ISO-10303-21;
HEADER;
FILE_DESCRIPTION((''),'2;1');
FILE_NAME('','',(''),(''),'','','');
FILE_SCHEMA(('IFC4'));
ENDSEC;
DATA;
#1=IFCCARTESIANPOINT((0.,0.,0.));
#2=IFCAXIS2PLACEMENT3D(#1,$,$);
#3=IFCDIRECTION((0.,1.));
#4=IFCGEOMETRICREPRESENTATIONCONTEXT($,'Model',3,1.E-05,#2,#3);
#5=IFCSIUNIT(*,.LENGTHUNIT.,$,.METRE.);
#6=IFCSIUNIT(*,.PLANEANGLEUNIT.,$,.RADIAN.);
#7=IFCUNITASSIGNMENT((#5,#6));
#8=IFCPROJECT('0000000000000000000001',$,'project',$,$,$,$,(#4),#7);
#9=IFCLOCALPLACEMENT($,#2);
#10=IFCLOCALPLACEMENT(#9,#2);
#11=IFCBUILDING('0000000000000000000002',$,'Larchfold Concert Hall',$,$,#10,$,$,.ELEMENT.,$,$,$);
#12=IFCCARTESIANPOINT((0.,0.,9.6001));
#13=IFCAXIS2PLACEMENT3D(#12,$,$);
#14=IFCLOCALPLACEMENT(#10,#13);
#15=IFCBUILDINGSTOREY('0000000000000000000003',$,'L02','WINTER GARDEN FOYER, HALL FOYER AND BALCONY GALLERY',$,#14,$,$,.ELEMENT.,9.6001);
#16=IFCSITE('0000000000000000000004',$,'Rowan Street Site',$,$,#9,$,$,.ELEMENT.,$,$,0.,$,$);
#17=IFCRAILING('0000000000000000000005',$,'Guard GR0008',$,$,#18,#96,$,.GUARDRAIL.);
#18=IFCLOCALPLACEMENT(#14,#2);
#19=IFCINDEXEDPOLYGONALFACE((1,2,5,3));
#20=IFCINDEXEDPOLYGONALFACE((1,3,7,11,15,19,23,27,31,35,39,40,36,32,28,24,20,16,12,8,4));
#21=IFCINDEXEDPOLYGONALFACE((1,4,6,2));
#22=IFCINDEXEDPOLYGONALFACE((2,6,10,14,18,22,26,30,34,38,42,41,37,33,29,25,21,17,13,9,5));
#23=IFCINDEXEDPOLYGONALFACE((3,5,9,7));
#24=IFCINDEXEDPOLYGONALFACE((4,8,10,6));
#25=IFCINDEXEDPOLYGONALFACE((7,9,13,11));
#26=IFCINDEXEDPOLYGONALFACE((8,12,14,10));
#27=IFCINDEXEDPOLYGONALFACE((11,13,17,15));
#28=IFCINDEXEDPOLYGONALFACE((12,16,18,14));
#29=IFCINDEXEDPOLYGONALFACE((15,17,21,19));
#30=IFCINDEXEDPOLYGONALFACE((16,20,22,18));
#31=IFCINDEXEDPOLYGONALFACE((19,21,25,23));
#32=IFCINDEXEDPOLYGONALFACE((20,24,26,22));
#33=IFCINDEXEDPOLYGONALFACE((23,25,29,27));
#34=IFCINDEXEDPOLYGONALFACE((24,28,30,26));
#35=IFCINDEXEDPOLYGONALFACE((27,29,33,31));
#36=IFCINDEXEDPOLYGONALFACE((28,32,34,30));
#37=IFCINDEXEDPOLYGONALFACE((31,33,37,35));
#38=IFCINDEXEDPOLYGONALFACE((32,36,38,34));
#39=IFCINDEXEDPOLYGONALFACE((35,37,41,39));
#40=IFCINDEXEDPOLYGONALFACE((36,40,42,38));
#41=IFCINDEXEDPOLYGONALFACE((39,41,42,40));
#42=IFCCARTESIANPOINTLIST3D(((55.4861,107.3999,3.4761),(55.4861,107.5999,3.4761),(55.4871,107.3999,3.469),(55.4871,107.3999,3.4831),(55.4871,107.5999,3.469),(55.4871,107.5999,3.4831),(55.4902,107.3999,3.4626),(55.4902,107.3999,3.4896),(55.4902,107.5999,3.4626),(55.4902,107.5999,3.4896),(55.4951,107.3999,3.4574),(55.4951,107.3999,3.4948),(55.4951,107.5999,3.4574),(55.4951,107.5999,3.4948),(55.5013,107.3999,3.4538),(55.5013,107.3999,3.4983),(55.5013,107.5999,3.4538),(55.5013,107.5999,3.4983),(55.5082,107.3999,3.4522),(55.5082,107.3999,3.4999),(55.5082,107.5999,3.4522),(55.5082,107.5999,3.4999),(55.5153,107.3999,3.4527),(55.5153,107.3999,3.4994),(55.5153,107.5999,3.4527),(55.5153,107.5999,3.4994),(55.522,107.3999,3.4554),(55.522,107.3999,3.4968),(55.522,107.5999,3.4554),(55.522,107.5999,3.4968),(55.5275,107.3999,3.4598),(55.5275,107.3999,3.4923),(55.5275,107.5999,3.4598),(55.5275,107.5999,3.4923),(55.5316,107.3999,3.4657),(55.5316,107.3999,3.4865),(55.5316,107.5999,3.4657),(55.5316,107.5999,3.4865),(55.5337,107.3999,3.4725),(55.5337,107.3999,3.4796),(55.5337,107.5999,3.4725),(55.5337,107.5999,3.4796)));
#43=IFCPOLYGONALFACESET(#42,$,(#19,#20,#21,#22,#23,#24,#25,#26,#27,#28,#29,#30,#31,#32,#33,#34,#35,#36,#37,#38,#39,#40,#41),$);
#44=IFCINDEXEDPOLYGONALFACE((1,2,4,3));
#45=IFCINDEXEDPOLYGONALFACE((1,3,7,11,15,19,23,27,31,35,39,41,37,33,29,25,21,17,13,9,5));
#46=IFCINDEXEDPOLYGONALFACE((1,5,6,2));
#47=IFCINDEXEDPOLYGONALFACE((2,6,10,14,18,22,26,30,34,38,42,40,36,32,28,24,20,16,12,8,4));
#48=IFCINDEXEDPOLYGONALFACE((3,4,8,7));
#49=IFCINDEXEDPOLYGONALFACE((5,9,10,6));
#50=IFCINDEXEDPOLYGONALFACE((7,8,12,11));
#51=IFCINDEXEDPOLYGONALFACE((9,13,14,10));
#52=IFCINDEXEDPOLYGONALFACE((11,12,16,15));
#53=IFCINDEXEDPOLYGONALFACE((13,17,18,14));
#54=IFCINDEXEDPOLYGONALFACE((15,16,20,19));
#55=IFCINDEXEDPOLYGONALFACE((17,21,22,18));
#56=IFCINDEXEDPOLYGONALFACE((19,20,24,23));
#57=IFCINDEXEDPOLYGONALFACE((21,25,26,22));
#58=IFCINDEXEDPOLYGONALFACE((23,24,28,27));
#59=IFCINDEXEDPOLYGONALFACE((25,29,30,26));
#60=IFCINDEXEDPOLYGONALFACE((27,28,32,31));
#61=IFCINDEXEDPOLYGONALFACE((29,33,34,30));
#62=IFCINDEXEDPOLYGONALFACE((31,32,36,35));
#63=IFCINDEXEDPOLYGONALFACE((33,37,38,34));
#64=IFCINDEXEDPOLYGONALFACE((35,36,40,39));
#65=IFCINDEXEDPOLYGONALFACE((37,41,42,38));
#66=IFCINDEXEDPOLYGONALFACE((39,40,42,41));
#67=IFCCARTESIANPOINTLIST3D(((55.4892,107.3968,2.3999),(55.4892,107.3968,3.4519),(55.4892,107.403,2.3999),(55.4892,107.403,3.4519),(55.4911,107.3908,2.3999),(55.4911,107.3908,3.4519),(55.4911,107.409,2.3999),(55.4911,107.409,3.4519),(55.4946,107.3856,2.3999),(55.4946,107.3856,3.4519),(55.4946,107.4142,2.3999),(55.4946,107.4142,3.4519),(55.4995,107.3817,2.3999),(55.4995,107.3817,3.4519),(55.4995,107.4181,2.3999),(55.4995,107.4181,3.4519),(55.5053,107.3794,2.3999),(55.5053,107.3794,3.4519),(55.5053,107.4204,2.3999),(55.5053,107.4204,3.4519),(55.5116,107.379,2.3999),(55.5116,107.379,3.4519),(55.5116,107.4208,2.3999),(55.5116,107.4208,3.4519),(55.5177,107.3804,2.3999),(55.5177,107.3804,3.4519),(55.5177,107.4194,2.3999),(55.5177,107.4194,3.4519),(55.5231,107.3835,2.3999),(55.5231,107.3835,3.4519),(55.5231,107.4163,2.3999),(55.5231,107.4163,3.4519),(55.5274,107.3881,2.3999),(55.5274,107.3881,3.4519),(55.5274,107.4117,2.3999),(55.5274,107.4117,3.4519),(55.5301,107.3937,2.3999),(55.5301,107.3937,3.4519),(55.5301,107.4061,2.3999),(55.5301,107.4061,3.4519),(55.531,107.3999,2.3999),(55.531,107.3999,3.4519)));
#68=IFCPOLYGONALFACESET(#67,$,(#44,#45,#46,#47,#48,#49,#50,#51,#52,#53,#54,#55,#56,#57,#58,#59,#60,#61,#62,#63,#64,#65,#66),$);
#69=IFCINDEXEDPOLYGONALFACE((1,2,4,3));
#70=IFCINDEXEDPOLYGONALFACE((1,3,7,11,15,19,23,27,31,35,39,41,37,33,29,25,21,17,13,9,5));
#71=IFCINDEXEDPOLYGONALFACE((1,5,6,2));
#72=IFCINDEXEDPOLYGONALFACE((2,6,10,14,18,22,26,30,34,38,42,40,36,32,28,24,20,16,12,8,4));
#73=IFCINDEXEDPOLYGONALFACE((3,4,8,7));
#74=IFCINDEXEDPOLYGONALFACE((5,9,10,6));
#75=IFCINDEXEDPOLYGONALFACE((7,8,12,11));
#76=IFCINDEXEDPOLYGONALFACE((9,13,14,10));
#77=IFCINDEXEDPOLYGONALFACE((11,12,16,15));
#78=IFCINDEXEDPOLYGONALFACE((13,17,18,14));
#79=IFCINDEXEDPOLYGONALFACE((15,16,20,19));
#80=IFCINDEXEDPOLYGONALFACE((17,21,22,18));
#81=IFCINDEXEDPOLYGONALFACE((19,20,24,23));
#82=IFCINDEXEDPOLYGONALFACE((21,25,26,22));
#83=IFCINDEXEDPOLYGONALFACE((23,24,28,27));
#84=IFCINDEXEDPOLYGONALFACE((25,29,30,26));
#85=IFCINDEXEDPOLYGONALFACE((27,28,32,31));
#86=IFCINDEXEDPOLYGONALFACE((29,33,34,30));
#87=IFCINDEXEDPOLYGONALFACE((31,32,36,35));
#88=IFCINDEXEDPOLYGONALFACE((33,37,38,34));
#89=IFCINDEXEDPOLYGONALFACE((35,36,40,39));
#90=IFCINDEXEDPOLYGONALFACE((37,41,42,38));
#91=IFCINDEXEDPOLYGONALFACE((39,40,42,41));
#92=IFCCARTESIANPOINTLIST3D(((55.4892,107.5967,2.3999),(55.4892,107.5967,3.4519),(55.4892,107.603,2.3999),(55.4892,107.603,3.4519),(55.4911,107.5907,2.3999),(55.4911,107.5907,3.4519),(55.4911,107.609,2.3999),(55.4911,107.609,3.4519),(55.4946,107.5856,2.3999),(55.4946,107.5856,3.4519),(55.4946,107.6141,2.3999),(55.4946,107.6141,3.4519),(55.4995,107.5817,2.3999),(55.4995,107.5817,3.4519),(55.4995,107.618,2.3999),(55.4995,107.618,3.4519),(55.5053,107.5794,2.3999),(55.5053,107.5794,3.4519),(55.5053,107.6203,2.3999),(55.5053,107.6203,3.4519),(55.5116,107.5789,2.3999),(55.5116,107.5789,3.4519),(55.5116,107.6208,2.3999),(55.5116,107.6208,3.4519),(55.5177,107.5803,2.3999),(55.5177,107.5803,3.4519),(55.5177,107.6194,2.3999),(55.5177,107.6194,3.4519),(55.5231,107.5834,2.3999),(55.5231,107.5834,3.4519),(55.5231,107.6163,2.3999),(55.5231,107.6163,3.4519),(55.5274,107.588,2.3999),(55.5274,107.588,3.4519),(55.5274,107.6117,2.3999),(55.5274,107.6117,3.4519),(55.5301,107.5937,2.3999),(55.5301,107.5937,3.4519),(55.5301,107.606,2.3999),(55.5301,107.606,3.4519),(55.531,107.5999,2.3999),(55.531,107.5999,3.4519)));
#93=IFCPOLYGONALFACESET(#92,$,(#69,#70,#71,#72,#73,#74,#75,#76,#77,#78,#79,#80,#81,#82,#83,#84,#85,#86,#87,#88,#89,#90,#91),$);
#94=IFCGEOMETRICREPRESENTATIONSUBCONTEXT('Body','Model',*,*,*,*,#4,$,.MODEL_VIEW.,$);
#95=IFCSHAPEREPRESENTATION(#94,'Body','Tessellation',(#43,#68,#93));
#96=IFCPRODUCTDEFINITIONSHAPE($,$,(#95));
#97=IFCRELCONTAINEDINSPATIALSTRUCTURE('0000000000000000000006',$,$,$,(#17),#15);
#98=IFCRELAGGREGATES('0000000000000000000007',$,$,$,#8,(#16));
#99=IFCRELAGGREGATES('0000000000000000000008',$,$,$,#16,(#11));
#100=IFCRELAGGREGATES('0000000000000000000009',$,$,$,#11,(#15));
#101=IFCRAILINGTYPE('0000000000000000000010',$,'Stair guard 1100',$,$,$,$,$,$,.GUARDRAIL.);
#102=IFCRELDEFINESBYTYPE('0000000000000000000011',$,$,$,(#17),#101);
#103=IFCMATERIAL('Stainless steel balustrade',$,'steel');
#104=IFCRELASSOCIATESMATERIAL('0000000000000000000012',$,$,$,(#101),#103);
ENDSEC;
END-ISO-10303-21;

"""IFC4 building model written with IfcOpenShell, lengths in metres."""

from ifc_helpers import new_model, si_unit, direction, frame, origin, origin_2d, place, context, subcontext, project, spatial, circle, extrude, material, type_object, element, save


model = new_model("IFC4")

# Units and contexts
model_context = context("Model", 3, precision=1e-05, world=origin(), true_north=direction((0.0, 1.0)))
body_context = subcontext(model_context, "Body", "Model", "MODEL_VIEW")
ifc_project = project(units=[si_unit("LENGTHUNIT", "METRE"), si_unit("PLANEANGLEUNIT", "RADIAN")], contexts=[model_context])

# Site, building, storey
site_placement = place(None, origin())
site = spatial("IfcSite", under=ifc_project, at=site_placement, Name="Rowan Street Site", CompositionType="ELEMENT", RefElevation=0.0)
building_placement = place(site_placement, origin())
building = spatial("IfcBuilding", under=site, at=building_placement, Name="Larchfold Concert Hall", CompositionType="ELEMENT")
storey_placement = place(building_placement, frame((0.0, 0.0, 9.6001)))
storey = spatial("IfcBuildingStorey", under=building, at=storey_placement, Name="L02", Description="WINTER GARDEN FOYER, HALL FOYER AND BALCONY GALLERY", CompositionType="ELEMENT", Elevation=9.6001)

# Railing
ifc_material_1 = material(Name="Stainless steel balustrade", Category="steel")
railing_type_1 = type_object("IfcRailingType", Name="Stair guard 1100", PredefinedType="GUARDRAIL", material=ifc_material_1)
railing_1_placement = place(storey_placement, frame((55.51, 107.3999, 2.3999)))
element("IfcRailing", 1, at=railing_1_placement, inside=storey, type_object=railing_type_1, Name="Guard GR0008", PredefinedType="GUARDRAIL", context=body_context, shape_type="SweptSolid", body=[
    extrude(circle(Radius=0.0239, at=origin_2d()), frame((0.0, 0.0, 1.0762), z_axis=(0.0, 1.0, 0.0), x_axis=(-1.0, 0.0, 0.0)), (0.0, 0.0, 1.0), 0.2),
    extrude(circle(Radius=0.021, at=origin_2d()), origin(), (0.0, 0.0, 1.0), 1.052),
    extrude(circle(Radius=0.021, at=origin_2d()), frame((0.0, 0.2, 0.0)), (0.0, 0.0, 1.0), 1.052),
])

save(model, "model.ifc")
